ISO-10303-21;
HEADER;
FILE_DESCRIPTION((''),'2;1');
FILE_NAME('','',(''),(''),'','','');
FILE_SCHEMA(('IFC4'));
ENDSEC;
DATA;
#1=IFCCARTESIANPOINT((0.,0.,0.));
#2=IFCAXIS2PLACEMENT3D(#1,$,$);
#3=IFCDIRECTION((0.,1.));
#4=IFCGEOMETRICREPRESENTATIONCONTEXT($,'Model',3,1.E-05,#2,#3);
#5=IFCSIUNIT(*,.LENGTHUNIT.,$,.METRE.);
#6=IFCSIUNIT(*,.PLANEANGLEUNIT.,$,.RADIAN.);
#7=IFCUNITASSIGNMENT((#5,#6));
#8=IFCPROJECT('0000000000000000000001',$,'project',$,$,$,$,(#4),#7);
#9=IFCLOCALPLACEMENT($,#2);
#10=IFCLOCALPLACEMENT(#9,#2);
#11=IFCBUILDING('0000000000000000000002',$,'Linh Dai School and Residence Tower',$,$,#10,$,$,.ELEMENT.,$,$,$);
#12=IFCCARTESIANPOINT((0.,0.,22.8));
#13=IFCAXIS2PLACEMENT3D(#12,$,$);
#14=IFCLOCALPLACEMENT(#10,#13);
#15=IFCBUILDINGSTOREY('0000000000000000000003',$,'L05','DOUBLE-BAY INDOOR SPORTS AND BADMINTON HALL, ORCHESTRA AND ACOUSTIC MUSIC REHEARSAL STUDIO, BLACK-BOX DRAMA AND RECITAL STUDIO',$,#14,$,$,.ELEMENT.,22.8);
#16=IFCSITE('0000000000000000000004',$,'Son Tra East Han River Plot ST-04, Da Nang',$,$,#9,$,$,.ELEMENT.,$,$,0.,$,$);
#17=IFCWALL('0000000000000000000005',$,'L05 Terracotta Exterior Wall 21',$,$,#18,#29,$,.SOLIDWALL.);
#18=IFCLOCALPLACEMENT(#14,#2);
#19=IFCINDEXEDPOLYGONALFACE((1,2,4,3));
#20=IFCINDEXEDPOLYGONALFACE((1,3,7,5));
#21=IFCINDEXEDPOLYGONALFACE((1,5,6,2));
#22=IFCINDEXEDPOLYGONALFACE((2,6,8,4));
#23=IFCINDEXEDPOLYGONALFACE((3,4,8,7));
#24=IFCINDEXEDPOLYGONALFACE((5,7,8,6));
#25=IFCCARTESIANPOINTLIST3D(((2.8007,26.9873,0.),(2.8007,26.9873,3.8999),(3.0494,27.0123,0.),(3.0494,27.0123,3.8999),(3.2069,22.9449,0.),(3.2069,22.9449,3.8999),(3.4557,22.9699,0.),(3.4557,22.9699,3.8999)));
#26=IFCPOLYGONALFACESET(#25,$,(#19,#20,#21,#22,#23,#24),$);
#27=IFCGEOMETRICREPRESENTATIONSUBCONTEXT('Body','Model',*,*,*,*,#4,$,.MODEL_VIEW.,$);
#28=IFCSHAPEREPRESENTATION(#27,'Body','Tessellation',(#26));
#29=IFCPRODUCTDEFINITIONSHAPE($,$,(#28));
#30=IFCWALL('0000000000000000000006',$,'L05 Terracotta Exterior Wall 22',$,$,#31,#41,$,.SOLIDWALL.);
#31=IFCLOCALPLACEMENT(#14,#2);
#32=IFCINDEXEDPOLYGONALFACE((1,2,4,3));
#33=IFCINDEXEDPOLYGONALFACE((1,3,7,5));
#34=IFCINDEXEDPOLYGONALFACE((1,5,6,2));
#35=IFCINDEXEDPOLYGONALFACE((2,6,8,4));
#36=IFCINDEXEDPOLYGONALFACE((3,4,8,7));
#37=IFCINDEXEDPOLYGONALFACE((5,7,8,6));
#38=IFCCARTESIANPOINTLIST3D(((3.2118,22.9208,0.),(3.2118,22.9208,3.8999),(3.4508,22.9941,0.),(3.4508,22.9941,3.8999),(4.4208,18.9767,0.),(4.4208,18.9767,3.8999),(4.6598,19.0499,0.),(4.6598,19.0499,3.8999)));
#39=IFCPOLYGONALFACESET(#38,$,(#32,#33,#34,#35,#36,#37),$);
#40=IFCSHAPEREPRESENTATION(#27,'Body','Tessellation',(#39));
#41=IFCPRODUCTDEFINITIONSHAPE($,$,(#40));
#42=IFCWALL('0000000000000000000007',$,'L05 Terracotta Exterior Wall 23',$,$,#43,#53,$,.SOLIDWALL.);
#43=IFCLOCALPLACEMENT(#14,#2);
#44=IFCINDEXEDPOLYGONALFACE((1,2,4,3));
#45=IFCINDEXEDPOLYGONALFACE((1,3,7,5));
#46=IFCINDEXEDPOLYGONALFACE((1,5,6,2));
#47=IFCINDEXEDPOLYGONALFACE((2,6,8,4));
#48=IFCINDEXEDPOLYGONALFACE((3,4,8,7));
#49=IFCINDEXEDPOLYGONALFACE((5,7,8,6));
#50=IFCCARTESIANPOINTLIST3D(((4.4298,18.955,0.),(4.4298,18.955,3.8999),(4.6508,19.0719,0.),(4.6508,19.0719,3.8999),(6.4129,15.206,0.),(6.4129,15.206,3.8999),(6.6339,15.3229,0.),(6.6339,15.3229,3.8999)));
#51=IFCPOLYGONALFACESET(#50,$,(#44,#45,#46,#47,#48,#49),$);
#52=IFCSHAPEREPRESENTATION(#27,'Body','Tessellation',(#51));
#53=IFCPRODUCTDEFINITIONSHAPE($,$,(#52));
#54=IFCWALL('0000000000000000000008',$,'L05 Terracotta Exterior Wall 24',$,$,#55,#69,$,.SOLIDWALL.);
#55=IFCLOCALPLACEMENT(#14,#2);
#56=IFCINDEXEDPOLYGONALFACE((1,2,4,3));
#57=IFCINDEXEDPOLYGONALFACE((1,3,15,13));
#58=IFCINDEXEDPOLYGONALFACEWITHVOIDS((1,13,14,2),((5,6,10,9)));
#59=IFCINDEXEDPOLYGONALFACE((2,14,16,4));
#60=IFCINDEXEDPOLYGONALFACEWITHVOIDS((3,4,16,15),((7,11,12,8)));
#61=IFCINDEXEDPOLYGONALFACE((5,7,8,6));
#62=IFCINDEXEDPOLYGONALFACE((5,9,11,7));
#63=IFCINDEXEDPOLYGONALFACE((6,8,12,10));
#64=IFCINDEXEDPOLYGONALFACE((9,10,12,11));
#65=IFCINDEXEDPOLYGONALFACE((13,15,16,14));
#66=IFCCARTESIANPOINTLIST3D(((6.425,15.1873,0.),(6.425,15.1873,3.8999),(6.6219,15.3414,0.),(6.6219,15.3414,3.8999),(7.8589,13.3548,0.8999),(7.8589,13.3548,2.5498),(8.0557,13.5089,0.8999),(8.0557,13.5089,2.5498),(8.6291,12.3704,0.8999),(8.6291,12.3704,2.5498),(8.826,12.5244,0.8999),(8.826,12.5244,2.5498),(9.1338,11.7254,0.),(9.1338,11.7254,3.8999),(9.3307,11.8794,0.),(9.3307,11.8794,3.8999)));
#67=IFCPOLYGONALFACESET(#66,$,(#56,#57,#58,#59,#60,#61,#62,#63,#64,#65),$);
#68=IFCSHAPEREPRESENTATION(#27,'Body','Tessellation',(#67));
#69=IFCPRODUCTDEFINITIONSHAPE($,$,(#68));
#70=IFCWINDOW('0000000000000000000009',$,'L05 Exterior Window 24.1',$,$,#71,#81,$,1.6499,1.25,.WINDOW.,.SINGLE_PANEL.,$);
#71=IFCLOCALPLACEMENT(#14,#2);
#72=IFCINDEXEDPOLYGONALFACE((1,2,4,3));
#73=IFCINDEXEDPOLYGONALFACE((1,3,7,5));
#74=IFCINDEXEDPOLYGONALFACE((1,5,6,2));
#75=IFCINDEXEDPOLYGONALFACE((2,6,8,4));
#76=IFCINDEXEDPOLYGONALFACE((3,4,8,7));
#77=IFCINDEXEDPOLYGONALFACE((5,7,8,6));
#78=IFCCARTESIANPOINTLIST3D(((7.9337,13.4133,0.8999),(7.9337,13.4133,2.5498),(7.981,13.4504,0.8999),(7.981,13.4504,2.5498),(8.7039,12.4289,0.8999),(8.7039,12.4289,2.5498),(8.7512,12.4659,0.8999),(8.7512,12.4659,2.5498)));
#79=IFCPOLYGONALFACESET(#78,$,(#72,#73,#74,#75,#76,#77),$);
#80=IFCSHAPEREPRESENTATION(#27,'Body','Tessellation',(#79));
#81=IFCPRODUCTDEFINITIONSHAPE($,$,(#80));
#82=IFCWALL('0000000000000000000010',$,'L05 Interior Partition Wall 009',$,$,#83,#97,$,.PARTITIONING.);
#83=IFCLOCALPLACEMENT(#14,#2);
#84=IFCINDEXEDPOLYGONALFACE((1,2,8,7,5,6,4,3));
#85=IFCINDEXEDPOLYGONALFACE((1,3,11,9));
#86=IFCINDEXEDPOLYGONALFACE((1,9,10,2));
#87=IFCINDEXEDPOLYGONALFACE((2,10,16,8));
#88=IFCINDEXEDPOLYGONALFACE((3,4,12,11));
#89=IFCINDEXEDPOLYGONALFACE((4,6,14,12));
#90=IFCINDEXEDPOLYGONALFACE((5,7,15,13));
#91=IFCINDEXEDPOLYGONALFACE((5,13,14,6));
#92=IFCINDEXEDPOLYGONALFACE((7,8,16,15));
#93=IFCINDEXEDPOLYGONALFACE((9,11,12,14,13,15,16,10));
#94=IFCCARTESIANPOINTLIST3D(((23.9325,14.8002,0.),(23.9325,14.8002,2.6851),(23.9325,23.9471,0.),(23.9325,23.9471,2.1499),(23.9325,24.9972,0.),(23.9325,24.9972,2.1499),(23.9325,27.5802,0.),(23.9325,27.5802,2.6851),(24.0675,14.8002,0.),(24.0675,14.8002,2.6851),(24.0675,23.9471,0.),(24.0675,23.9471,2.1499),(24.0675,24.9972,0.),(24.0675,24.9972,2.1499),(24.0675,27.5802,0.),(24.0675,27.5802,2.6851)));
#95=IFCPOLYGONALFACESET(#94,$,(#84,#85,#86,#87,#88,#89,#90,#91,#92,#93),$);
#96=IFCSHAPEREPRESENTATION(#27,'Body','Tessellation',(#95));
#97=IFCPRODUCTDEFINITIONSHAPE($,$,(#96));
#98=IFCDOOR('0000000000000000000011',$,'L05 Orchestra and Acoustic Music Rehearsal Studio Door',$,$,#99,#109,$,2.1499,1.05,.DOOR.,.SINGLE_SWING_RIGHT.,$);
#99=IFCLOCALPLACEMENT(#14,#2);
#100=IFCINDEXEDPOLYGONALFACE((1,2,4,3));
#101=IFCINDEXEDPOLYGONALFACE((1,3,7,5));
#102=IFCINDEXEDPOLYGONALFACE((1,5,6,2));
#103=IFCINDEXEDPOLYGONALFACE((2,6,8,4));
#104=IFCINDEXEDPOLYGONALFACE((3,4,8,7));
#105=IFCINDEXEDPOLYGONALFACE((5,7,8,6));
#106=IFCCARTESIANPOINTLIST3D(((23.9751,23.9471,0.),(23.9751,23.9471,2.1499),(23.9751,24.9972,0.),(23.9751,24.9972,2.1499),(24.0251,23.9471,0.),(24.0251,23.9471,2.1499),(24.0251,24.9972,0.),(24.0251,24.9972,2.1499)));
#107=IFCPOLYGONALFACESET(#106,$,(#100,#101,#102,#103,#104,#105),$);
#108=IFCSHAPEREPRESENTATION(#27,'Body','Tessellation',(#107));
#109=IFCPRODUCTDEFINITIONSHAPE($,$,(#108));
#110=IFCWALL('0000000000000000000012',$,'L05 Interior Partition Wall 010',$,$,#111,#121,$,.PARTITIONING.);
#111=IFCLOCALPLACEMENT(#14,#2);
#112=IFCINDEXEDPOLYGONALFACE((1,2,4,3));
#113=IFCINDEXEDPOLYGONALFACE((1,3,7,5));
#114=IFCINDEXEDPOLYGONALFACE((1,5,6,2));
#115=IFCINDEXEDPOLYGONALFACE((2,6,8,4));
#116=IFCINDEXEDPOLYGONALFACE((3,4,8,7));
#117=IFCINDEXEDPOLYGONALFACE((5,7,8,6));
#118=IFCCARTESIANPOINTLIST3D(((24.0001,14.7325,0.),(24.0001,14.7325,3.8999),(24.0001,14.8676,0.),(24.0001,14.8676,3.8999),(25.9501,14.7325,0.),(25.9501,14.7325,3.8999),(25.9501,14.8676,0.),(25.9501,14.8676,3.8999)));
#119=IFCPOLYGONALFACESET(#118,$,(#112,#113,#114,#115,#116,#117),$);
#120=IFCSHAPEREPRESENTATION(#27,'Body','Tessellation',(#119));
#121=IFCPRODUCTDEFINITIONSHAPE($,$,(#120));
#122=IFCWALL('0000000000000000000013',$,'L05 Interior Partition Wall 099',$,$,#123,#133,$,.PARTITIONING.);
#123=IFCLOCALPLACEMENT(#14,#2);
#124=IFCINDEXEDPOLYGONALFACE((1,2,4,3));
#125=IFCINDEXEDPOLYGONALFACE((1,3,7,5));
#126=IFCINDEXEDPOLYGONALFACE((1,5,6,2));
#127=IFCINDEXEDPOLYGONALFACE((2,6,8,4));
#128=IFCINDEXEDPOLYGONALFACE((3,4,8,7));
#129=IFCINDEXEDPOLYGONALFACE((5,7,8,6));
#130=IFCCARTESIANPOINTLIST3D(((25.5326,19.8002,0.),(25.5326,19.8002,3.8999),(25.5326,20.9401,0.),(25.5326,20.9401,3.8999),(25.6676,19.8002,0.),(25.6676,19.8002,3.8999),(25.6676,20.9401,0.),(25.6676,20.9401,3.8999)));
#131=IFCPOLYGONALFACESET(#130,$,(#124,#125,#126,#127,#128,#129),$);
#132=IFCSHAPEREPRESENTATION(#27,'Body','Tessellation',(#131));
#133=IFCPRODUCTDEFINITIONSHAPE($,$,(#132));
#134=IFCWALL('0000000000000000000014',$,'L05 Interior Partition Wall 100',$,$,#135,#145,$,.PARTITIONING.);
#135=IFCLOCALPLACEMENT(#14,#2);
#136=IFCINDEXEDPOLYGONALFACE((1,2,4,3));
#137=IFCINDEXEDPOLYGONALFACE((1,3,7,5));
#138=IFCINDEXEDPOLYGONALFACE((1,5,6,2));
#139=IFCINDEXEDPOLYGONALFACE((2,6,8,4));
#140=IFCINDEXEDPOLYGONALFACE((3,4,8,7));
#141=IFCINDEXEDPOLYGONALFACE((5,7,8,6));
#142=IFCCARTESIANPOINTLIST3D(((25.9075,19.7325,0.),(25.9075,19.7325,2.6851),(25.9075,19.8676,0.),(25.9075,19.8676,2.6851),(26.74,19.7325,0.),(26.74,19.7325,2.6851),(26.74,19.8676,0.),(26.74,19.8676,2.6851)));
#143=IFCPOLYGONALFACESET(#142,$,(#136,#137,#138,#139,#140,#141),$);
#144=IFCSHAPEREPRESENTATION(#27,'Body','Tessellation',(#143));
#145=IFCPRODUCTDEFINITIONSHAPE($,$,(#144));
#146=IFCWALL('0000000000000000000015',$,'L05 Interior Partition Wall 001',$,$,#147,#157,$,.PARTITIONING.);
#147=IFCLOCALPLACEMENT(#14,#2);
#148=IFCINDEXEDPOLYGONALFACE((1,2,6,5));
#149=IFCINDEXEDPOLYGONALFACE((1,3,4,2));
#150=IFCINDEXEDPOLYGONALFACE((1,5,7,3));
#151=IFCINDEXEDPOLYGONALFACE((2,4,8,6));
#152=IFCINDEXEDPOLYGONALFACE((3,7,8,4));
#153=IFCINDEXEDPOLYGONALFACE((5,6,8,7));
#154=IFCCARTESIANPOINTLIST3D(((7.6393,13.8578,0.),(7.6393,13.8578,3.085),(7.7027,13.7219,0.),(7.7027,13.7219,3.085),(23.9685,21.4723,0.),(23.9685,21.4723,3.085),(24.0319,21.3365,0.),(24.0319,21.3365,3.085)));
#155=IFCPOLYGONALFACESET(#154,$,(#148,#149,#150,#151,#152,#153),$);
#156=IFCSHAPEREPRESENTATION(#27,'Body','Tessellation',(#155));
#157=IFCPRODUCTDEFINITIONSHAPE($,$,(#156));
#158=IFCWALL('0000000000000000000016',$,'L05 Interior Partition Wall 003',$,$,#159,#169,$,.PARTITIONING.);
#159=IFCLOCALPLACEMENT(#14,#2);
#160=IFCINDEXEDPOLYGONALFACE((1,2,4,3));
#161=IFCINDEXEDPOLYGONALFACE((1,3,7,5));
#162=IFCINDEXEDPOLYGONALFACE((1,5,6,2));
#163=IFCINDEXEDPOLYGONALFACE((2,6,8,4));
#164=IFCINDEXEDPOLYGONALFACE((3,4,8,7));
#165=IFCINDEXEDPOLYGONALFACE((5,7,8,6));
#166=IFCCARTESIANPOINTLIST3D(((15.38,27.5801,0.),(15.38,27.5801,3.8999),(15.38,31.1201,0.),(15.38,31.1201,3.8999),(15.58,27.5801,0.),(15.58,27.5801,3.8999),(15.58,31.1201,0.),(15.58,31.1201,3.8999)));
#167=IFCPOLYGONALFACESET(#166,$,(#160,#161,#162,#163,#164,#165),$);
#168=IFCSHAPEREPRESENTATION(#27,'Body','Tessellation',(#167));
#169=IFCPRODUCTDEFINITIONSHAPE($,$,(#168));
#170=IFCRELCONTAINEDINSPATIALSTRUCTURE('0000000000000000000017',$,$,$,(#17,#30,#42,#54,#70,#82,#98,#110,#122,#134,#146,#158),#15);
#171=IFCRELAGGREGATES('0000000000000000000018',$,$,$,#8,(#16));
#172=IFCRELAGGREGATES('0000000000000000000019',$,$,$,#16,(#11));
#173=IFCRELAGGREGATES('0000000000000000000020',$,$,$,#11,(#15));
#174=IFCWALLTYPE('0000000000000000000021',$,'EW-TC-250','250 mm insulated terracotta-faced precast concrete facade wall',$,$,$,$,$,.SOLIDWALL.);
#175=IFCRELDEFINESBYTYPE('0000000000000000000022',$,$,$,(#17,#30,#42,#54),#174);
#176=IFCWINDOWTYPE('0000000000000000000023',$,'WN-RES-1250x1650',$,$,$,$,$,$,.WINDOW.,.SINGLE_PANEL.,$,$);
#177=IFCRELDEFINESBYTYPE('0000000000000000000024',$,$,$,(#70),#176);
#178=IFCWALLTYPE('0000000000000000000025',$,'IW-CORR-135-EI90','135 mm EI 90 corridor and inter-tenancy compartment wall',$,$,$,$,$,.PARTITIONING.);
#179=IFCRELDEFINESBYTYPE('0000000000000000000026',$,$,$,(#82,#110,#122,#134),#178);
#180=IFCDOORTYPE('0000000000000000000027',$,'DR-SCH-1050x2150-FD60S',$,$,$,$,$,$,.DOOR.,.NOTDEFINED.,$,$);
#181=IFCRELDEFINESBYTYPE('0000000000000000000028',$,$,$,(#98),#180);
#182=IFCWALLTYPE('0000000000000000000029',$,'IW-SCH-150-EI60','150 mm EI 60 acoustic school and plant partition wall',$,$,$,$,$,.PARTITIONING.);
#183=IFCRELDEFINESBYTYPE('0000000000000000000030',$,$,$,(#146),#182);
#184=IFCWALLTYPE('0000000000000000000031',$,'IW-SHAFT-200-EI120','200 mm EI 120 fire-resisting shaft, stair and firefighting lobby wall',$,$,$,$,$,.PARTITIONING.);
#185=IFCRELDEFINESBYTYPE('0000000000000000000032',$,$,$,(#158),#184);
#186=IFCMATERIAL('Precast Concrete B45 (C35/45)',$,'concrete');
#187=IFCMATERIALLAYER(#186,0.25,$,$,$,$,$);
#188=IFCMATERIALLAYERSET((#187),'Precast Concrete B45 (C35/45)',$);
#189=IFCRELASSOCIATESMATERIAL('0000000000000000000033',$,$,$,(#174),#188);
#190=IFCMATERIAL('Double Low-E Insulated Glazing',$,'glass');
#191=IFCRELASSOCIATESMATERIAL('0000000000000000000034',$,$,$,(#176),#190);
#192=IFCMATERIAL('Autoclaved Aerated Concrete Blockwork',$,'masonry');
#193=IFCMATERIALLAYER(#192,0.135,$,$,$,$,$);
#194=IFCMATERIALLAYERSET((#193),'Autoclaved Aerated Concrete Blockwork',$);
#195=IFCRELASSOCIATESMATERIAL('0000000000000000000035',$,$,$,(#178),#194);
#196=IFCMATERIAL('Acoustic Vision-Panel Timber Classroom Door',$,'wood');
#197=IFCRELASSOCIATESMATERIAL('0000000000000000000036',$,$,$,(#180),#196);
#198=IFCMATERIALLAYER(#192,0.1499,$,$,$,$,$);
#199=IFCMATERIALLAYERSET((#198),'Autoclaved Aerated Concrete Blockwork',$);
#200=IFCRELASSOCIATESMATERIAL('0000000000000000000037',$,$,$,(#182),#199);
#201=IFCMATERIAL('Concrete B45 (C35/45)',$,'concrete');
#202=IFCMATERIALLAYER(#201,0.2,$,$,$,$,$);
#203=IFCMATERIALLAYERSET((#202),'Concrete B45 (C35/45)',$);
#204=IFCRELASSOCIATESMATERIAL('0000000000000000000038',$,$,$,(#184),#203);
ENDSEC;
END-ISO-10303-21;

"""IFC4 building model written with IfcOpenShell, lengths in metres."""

from ifc_helpers import new_model, si_unit, direction, frame, frame_2d, origin, origin_2d, place, context, subcontext, project, spatial, rectangle, extrude, source, transform, mapped, material, layer, layer_set, type_object, element, fill, save


model = new_model("IFC4")

# Units and contexts
model_context = context("Model", 3, precision=1e-05, world=origin(), true_north=direction((0.0, 1.0)))
body_context = subcontext(model_context, "Body", "Model", "MODEL_VIEW")
ifc_project = project(units=[si_unit("LENGTHUNIT", "METRE"), si_unit("PLANEANGLEUNIT", "RADIAN")], contexts=[model_context])

# Site, building, storey
site_placement = place(None, origin())
site = spatial("IfcSite", under=ifc_project, at=site_placement, Name="Son Tra East Han River Plot ST-04, Da Nang", CompositionType="ELEMENT", RefElevation=0.0)
building_placement = place(site_placement, origin())
building = spatial("IfcBuilding", under=site, at=building_placement, Name="Linh Dai School and Residence Tower", CompositionType="ELEMENT")
storey_placement = place(building_placement, frame((0.0, 0.0, 22.8)))
storey = spatial("IfcBuildingStorey", under=building, at=storey_placement, Name="L05", Description="DOUBLE-BAY INDOOR SPORTS AND BADMINTON HALL, ORCHESTRA AND ACOUSTIC MUSIC REHEARSAL STUDIO, BLACK-BOX DRAMA AND RECITAL STUDIO", CompositionType="ELEMENT", Elevation=22.8)

# Walls
ifc_material_1 = material(Name="Precast Concrete B45 (C35/45)", Category="concrete")
ifc_layer_1 = layer(ifc_material_1, 0.25)
ifc_layer_set_1 = layer_set([ifc_layer_1], Name="Precast Concrete B45 (C35/45)")
wall_type_1 = type_object("IfcWallType", Name="EW-TC-250", Description="250 mm insulated terracotta-faced precast concrete facade wall", PredefinedType="SOLIDWALL", material=ifc_layer_set_1)
for number, where, z_axis, x_axis, name in (
    (1, (3.3313, 22.9575, 0.0), (0.0, 0.0, 1.0), (-0.099992, 0.994988, 0.0), "L05 Terracotta Exterior Wall 21"),
):
    element("IfcWall", number, at=place(storey_placement, frame(where, z_axis=z_axis, x_axis=x_axis)), inside=storey, type_object=wall_type_1, Name=name, PredefinedType="SOLIDWALL", context=body_context, shape_type="SweptSolid", body=[
        extrude(rectangle(XDim=4.0627, YDim=0.25, at=frame_2d((2.0312, 0.0))), origin(), (0.0, 0.0, 1.0), 3.8999),
    ])
wall_1_placement = place(storey_placement, frame((4.5403, 19.0134, 0.0), z_axis=(0.0, 0.0, 1.0), x_axis=(-0.293071, 0.956091, 0.0)))
element("IfcWall", 2, at=wall_1_placement, inside=storey, type_object=wall_type_1, Name="L05 Terracotta Exterior Wall 22", PredefinedType="SOLIDWALL", context=body_context, shape_type="SweptSolid", body=[
    extrude(rectangle(XDim=4.1252, YDim=0.25, at=frame_2d((2.0625, 0.0))), origin(), (0.0, 0.0, 1.0), 3.8999),
])
wall_2_placement = place(storey_placement, frame((6.5234, 15.2644, 0.0), z_axis=(0.0, 0.0, 1.0), x_axis=(-0.467589, 0.883946, 0.0)))
element("IfcWall", 3, at=wall_2_placement, inside=storey, type_object=wall_type_1, Name="L05 Terracotta Exterior Wall 23", PredefinedType="SOLIDWALL", context=body_context, shape_type="SweptSolid", body=[
    extrude(rectangle(XDim=4.2412, YDim=0.25, at=frame_2d((2.1206, 0.0))), origin(), (0.0, 0.0, 1.0), 3.8999),
])

# Wall, opening, window
wall_3_placement = place(storey_placement, frame((9.2322, 11.8025, 0.0), z_axis=(0.0, 0.0, 1.0), x_axis=(-0.616226, 0.787569, 0.0)))
wall_3 = element("IfcWall", 4, at=wall_3_placement, inside=storey, type_object=wall_type_1, Name="L05 Terracotta Exterior Wall 24", PredefinedType="SOLIDWALL", context=body_context, shape_type="SweptSolid", body=[
    extrude(rectangle(XDim=4.3958, YDim=0.25, at=frame_2d((2.1978, 0.0))), origin(), (0.0, 0.0, 1.0), 3.8999),
])
opening_1_placement = place(wall_3_placement, frame((0.8188, 0.0, 0.8999)))
opening_1 = element("IfcOpeningElement", 5, at=opening_1_placement, cuts=wall_3, PredefinedType="OPENING", context=body_context, shape_type="SweptSolid", body=[
    extrude(rectangle(XDim=1.25, YDim=1.6499, at=origin_2d()), frame((0.625, 0.135, 0.825), z_axis=(0.0, -1.0, 0.0), x_axis=(1.0, 0.0, 0.0)), (0.0, 0.0, 1.0), 0.27),
])
ifc_material_2 = material(Name="Double Low-E Insulated Glazing", Category="glass")
window_type = type_object("IfcWindowType", Name="WN-RES-1250x1650", PartitioningType="SINGLE_PANEL", PredefinedType="WINDOW", material=ifc_material_2)
shared_shape_1 = source(origin(), body_context, "Body", "SweptSolid", [
    extrude(rectangle(XDim=1.25, YDim=1.6499, at=origin_2d()), frame((0.625, 0.03, 0.825), z_axis=(0.0, -1.0, 0.0), x_axis=(1.0, 0.0, 0.0)), (0.0, 0.0, 1.0), 0.0601),
])
window_placement = place(opening_1_placement, origin())
window = element("IfcWindow", 6, at=window_placement, inside=storey, type_object=window_type, Name="L05 Exterior Window 24.1", OverallHeight=1.6499, OverallWidth=1.25, PartitioningType="SINGLE_PANEL", PredefinedType="WINDOW", context=body_context, shape_type="MappedRepresentation", body=[
    mapped(shared_shape_1, transform((0.0, 0.0, 0.0), x_axis=(1.0, 0.0, 0.0), y_axis=(0.0, 1.0, 0.0), z_axis=(0.0, 0.0, 1.0), scale=1.0)),
])
fill(opening_1, window)

# Wall, opening, door
ifc_material_3 = material(Name="Autoclaved Aerated Concrete Blockwork", Category="masonry")
ifc_layer_2 = layer(ifc_material_3, 0.135)
ifc_layer_set_2 = layer_set([ifc_layer_2], Name="Autoclaved Aerated Concrete Blockwork")
wall_type_2 = type_object("IfcWallType", Name="IW-CORR-135-EI90", Description="135 mm EI 90 corridor and inter-tenancy compartment wall", PredefinedType="PARTITIONING", material=ifc_layer_set_2)
wall_4_placement = place(storey_placement, frame((24.0, 14.8, 0.0), z_axis=(0.0, 0.0, 1.0), x_axis=(0.0, 1.0, 0.0)))
wall_4 = element("IfcWall", 7, at=wall_4_placement, inside=storey, type_object=wall_type_2, Name="L05 Interior Partition Wall 009", PredefinedType="PARTITIONING", context=body_context, shape_type="SweptSolid", body=[
    extrude(rectangle(XDim=12.78, YDim=0.135, at=frame_2d((6.3901, 0.0))), origin(), (0.0, 0.0, 1.0), 2.6851),
])
opening_2_placement = place(wall_4_placement, frame((9.1472, 0.0, 0.0)))
opening_2 = element("IfcOpeningElement", 8, at=opening_2_placement, cuts=wall_4, PredefinedType="OPENING", context=body_context, shape_type="SweptSolid", body=[
    extrude(rectangle(XDim=1.05, YDim=2.1499, at=origin_2d()), frame((0.5249, 0.0776, 1.075), z_axis=(0.0, -1.0, 0.0), x_axis=(1.0, 0.0, 0.0)), (0.0, 0.0, 1.0), 0.155),
])
ifc_material_4 = material(Name="Acoustic Vision-Panel Timber Classroom Door", Category="wood")
door_type_1 = type_object("IfcDoorType", Name="DR-SCH-1050x2150-FD60S", OperationType="NOTDEFINED", PredefinedType="DOOR", material=ifc_material_4)
shared_shape_2 = source(origin(), body_context, "Body", "SweptSolid", [
    extrude(rectangle(XDim=1.05, YDim=2.1499, at=origin_2d()), frame((0.5249, 0.0249, 1.075), z_axis=(0.0, -1.0, 0.0), x_axis=(1.0, 0.0, 0.0)), (0.0, 0.0, 1.0), 0.05),
])
door_1_placement = place(opening_2_placement, origin())
door_1 = element("IfcDoor", 9, at=door_1_placement, inside=storey, type_object=door_type_1, Name="L05 Orchestra and Acoustic Music Rehearsal Studio Door", OperationType="SINGLE_SWING_RIGHT", OverallHeight=2.1499, OverallWidth=1.05, PredefinedType="DOOR", context=body_context, shape_type="MappedRepresentation", body=[
    mapped(shared_shape_2, transform((0.0, 0.0, 0.0), x_axis=(1.0, 0.0, 0.0), y_axis=(0.0, 1.0, 0.0), z_axis=(0.0, 0.0, 1.0), scale=1.0)),
])
fill(opening_2, door_1)

# Walls
wall_5_placement = place(storey_placement, frame((24.0, 14.8, 0.0), z_axis=(0.0, 0.0, 1.0), x_axis=(1.0, 0.0, 0.0)))
element("IfcWall", 10, at=wall_5_placement, inside=storey, type_object=wall_type_2, Name="L05 Interior Partition Wall 010", PredefinedType="PARTITIONING", context=body_context, shape_type="SweptSolid", body=[
    extrude(rectangle(XDim=1.95, YDim=0.135, at=frame_2d((0.9751, 0.0))), origin(), (0.0, 0.0, 1.0), 3.8999),
])
wall_6_placement = place(storey_placement, frame((25.6001, 20.9399, 0.0), z_axis=(0.0, 0.0, 1.0), x_axis=(0.0, -1.0, 0.0)))
element("IfcWall", 11, at=wall_6_placement, inside=storey, type_object=wall_type_2, Name="L05 Interior Partition Wall 099", PredefinedType="PARTITIONING", context=body_context, shape_type="SweptSolid", body=[
    extrude(rectangle(XDim=1.1399, YDim=0.135, at=frame_2d((0.5698, 0.0))), origin(), (0.0, 0.0, 1.0), 3.8999),
])
wall_7_placement = place(storey_placement, frame((25.9075, 19.8, 0.0), z_axis=(0.0, 0.0, 1.0), x_axis=(1.0, 0.0, 0.0)))
element("IfcWall", 12, at=wall_7_placement, inside=storey, type_object=wall_type_2, Name="L05 Interior Partition Wall 100", PredefinedType="PARTITIONING", context=body_context, shape_type="SweptSolid", body=[
    extrude(rectangle(XDim=0.8325, YDim=0.135, at=frame_2d((0.4163, 0.0))), origin(), (0.0, 0.0, 1.0), 2.6851),
])
ifc_layer_3 = layer(ifc_material_3, 0.1499)
ifc_layer_set_3 = layer_set([ifc_layer_3], Name="Autoclaved Aerated Concrete Blockwork")
wall_type_3 = type_object("IfcWallType", Name="IW-SCH-150-EI60", Description="150 mm EI 60 acoustic school and plant partition wall", PredefinedType="PARTITIONING", material=ifc_layer_set_3)
wall_8_placement = place(storey_placement, frame((7.6709, 13.7898, 0.0), z_axis=(0.0, 0.0, 1.0), x_axis=(0.906305, 0.422624, 0.0)))
element("IfcWall", 13, at=wall_8_placement, inside=storey, type_object=wall_type_3, Name="L05 Interior Partition Wall 001", PredefinedType="PARTITIONING", context=body_context, shape_type="SweptSolid", body=[
    extrude(rectangle(XDim=18.0173, YDim=0.1499, at=frame_2d((9.0088, 0.0))), origin(), (0.0, 0.0, 1.0), 3.085),
])
ifc_material_5 = material(Name="Concrete B45 (C35/45)", Category="concrete")
ifc_layer_4 = layer(ifc_material_5, 0.2)
ifc_layer_set_4 = layer_set([ifc_layer_4], Name="Concrete B45 (C35/45)")
wall_type_4 = type_object("IfcWallType", Name="IW-SHAFT-200-EI120", Description="200 mm EI 120 fire-resisting shaft, stair and firefighting lobby wall", PredefinedType="PARTITIONING", material=ifc_layer_set_4)
wall_9_placement = place(storey_placement, frame((15.48, 27.5801, 0.0), z_axis=(0.0, 0.0, 1.0), x_axis=(0.0, 1.0, 0.0)))
element("IfcWall", 14, at=wall_9_placement, inside=storey, type_object=wall_type_4, Name="L05 Interior Partition Wall 003", PredefinedType="PARTITIONING", context=body_context, shape_type="SweptSolid", body=[
    extrude(rectangle(XDim=3.54, YDim=0.2, at=frame_2d((1.77, 0.0))), origin(), (0.0, 0.0, 1.0), 3.8999),
])

save(model, "model.ifc")
